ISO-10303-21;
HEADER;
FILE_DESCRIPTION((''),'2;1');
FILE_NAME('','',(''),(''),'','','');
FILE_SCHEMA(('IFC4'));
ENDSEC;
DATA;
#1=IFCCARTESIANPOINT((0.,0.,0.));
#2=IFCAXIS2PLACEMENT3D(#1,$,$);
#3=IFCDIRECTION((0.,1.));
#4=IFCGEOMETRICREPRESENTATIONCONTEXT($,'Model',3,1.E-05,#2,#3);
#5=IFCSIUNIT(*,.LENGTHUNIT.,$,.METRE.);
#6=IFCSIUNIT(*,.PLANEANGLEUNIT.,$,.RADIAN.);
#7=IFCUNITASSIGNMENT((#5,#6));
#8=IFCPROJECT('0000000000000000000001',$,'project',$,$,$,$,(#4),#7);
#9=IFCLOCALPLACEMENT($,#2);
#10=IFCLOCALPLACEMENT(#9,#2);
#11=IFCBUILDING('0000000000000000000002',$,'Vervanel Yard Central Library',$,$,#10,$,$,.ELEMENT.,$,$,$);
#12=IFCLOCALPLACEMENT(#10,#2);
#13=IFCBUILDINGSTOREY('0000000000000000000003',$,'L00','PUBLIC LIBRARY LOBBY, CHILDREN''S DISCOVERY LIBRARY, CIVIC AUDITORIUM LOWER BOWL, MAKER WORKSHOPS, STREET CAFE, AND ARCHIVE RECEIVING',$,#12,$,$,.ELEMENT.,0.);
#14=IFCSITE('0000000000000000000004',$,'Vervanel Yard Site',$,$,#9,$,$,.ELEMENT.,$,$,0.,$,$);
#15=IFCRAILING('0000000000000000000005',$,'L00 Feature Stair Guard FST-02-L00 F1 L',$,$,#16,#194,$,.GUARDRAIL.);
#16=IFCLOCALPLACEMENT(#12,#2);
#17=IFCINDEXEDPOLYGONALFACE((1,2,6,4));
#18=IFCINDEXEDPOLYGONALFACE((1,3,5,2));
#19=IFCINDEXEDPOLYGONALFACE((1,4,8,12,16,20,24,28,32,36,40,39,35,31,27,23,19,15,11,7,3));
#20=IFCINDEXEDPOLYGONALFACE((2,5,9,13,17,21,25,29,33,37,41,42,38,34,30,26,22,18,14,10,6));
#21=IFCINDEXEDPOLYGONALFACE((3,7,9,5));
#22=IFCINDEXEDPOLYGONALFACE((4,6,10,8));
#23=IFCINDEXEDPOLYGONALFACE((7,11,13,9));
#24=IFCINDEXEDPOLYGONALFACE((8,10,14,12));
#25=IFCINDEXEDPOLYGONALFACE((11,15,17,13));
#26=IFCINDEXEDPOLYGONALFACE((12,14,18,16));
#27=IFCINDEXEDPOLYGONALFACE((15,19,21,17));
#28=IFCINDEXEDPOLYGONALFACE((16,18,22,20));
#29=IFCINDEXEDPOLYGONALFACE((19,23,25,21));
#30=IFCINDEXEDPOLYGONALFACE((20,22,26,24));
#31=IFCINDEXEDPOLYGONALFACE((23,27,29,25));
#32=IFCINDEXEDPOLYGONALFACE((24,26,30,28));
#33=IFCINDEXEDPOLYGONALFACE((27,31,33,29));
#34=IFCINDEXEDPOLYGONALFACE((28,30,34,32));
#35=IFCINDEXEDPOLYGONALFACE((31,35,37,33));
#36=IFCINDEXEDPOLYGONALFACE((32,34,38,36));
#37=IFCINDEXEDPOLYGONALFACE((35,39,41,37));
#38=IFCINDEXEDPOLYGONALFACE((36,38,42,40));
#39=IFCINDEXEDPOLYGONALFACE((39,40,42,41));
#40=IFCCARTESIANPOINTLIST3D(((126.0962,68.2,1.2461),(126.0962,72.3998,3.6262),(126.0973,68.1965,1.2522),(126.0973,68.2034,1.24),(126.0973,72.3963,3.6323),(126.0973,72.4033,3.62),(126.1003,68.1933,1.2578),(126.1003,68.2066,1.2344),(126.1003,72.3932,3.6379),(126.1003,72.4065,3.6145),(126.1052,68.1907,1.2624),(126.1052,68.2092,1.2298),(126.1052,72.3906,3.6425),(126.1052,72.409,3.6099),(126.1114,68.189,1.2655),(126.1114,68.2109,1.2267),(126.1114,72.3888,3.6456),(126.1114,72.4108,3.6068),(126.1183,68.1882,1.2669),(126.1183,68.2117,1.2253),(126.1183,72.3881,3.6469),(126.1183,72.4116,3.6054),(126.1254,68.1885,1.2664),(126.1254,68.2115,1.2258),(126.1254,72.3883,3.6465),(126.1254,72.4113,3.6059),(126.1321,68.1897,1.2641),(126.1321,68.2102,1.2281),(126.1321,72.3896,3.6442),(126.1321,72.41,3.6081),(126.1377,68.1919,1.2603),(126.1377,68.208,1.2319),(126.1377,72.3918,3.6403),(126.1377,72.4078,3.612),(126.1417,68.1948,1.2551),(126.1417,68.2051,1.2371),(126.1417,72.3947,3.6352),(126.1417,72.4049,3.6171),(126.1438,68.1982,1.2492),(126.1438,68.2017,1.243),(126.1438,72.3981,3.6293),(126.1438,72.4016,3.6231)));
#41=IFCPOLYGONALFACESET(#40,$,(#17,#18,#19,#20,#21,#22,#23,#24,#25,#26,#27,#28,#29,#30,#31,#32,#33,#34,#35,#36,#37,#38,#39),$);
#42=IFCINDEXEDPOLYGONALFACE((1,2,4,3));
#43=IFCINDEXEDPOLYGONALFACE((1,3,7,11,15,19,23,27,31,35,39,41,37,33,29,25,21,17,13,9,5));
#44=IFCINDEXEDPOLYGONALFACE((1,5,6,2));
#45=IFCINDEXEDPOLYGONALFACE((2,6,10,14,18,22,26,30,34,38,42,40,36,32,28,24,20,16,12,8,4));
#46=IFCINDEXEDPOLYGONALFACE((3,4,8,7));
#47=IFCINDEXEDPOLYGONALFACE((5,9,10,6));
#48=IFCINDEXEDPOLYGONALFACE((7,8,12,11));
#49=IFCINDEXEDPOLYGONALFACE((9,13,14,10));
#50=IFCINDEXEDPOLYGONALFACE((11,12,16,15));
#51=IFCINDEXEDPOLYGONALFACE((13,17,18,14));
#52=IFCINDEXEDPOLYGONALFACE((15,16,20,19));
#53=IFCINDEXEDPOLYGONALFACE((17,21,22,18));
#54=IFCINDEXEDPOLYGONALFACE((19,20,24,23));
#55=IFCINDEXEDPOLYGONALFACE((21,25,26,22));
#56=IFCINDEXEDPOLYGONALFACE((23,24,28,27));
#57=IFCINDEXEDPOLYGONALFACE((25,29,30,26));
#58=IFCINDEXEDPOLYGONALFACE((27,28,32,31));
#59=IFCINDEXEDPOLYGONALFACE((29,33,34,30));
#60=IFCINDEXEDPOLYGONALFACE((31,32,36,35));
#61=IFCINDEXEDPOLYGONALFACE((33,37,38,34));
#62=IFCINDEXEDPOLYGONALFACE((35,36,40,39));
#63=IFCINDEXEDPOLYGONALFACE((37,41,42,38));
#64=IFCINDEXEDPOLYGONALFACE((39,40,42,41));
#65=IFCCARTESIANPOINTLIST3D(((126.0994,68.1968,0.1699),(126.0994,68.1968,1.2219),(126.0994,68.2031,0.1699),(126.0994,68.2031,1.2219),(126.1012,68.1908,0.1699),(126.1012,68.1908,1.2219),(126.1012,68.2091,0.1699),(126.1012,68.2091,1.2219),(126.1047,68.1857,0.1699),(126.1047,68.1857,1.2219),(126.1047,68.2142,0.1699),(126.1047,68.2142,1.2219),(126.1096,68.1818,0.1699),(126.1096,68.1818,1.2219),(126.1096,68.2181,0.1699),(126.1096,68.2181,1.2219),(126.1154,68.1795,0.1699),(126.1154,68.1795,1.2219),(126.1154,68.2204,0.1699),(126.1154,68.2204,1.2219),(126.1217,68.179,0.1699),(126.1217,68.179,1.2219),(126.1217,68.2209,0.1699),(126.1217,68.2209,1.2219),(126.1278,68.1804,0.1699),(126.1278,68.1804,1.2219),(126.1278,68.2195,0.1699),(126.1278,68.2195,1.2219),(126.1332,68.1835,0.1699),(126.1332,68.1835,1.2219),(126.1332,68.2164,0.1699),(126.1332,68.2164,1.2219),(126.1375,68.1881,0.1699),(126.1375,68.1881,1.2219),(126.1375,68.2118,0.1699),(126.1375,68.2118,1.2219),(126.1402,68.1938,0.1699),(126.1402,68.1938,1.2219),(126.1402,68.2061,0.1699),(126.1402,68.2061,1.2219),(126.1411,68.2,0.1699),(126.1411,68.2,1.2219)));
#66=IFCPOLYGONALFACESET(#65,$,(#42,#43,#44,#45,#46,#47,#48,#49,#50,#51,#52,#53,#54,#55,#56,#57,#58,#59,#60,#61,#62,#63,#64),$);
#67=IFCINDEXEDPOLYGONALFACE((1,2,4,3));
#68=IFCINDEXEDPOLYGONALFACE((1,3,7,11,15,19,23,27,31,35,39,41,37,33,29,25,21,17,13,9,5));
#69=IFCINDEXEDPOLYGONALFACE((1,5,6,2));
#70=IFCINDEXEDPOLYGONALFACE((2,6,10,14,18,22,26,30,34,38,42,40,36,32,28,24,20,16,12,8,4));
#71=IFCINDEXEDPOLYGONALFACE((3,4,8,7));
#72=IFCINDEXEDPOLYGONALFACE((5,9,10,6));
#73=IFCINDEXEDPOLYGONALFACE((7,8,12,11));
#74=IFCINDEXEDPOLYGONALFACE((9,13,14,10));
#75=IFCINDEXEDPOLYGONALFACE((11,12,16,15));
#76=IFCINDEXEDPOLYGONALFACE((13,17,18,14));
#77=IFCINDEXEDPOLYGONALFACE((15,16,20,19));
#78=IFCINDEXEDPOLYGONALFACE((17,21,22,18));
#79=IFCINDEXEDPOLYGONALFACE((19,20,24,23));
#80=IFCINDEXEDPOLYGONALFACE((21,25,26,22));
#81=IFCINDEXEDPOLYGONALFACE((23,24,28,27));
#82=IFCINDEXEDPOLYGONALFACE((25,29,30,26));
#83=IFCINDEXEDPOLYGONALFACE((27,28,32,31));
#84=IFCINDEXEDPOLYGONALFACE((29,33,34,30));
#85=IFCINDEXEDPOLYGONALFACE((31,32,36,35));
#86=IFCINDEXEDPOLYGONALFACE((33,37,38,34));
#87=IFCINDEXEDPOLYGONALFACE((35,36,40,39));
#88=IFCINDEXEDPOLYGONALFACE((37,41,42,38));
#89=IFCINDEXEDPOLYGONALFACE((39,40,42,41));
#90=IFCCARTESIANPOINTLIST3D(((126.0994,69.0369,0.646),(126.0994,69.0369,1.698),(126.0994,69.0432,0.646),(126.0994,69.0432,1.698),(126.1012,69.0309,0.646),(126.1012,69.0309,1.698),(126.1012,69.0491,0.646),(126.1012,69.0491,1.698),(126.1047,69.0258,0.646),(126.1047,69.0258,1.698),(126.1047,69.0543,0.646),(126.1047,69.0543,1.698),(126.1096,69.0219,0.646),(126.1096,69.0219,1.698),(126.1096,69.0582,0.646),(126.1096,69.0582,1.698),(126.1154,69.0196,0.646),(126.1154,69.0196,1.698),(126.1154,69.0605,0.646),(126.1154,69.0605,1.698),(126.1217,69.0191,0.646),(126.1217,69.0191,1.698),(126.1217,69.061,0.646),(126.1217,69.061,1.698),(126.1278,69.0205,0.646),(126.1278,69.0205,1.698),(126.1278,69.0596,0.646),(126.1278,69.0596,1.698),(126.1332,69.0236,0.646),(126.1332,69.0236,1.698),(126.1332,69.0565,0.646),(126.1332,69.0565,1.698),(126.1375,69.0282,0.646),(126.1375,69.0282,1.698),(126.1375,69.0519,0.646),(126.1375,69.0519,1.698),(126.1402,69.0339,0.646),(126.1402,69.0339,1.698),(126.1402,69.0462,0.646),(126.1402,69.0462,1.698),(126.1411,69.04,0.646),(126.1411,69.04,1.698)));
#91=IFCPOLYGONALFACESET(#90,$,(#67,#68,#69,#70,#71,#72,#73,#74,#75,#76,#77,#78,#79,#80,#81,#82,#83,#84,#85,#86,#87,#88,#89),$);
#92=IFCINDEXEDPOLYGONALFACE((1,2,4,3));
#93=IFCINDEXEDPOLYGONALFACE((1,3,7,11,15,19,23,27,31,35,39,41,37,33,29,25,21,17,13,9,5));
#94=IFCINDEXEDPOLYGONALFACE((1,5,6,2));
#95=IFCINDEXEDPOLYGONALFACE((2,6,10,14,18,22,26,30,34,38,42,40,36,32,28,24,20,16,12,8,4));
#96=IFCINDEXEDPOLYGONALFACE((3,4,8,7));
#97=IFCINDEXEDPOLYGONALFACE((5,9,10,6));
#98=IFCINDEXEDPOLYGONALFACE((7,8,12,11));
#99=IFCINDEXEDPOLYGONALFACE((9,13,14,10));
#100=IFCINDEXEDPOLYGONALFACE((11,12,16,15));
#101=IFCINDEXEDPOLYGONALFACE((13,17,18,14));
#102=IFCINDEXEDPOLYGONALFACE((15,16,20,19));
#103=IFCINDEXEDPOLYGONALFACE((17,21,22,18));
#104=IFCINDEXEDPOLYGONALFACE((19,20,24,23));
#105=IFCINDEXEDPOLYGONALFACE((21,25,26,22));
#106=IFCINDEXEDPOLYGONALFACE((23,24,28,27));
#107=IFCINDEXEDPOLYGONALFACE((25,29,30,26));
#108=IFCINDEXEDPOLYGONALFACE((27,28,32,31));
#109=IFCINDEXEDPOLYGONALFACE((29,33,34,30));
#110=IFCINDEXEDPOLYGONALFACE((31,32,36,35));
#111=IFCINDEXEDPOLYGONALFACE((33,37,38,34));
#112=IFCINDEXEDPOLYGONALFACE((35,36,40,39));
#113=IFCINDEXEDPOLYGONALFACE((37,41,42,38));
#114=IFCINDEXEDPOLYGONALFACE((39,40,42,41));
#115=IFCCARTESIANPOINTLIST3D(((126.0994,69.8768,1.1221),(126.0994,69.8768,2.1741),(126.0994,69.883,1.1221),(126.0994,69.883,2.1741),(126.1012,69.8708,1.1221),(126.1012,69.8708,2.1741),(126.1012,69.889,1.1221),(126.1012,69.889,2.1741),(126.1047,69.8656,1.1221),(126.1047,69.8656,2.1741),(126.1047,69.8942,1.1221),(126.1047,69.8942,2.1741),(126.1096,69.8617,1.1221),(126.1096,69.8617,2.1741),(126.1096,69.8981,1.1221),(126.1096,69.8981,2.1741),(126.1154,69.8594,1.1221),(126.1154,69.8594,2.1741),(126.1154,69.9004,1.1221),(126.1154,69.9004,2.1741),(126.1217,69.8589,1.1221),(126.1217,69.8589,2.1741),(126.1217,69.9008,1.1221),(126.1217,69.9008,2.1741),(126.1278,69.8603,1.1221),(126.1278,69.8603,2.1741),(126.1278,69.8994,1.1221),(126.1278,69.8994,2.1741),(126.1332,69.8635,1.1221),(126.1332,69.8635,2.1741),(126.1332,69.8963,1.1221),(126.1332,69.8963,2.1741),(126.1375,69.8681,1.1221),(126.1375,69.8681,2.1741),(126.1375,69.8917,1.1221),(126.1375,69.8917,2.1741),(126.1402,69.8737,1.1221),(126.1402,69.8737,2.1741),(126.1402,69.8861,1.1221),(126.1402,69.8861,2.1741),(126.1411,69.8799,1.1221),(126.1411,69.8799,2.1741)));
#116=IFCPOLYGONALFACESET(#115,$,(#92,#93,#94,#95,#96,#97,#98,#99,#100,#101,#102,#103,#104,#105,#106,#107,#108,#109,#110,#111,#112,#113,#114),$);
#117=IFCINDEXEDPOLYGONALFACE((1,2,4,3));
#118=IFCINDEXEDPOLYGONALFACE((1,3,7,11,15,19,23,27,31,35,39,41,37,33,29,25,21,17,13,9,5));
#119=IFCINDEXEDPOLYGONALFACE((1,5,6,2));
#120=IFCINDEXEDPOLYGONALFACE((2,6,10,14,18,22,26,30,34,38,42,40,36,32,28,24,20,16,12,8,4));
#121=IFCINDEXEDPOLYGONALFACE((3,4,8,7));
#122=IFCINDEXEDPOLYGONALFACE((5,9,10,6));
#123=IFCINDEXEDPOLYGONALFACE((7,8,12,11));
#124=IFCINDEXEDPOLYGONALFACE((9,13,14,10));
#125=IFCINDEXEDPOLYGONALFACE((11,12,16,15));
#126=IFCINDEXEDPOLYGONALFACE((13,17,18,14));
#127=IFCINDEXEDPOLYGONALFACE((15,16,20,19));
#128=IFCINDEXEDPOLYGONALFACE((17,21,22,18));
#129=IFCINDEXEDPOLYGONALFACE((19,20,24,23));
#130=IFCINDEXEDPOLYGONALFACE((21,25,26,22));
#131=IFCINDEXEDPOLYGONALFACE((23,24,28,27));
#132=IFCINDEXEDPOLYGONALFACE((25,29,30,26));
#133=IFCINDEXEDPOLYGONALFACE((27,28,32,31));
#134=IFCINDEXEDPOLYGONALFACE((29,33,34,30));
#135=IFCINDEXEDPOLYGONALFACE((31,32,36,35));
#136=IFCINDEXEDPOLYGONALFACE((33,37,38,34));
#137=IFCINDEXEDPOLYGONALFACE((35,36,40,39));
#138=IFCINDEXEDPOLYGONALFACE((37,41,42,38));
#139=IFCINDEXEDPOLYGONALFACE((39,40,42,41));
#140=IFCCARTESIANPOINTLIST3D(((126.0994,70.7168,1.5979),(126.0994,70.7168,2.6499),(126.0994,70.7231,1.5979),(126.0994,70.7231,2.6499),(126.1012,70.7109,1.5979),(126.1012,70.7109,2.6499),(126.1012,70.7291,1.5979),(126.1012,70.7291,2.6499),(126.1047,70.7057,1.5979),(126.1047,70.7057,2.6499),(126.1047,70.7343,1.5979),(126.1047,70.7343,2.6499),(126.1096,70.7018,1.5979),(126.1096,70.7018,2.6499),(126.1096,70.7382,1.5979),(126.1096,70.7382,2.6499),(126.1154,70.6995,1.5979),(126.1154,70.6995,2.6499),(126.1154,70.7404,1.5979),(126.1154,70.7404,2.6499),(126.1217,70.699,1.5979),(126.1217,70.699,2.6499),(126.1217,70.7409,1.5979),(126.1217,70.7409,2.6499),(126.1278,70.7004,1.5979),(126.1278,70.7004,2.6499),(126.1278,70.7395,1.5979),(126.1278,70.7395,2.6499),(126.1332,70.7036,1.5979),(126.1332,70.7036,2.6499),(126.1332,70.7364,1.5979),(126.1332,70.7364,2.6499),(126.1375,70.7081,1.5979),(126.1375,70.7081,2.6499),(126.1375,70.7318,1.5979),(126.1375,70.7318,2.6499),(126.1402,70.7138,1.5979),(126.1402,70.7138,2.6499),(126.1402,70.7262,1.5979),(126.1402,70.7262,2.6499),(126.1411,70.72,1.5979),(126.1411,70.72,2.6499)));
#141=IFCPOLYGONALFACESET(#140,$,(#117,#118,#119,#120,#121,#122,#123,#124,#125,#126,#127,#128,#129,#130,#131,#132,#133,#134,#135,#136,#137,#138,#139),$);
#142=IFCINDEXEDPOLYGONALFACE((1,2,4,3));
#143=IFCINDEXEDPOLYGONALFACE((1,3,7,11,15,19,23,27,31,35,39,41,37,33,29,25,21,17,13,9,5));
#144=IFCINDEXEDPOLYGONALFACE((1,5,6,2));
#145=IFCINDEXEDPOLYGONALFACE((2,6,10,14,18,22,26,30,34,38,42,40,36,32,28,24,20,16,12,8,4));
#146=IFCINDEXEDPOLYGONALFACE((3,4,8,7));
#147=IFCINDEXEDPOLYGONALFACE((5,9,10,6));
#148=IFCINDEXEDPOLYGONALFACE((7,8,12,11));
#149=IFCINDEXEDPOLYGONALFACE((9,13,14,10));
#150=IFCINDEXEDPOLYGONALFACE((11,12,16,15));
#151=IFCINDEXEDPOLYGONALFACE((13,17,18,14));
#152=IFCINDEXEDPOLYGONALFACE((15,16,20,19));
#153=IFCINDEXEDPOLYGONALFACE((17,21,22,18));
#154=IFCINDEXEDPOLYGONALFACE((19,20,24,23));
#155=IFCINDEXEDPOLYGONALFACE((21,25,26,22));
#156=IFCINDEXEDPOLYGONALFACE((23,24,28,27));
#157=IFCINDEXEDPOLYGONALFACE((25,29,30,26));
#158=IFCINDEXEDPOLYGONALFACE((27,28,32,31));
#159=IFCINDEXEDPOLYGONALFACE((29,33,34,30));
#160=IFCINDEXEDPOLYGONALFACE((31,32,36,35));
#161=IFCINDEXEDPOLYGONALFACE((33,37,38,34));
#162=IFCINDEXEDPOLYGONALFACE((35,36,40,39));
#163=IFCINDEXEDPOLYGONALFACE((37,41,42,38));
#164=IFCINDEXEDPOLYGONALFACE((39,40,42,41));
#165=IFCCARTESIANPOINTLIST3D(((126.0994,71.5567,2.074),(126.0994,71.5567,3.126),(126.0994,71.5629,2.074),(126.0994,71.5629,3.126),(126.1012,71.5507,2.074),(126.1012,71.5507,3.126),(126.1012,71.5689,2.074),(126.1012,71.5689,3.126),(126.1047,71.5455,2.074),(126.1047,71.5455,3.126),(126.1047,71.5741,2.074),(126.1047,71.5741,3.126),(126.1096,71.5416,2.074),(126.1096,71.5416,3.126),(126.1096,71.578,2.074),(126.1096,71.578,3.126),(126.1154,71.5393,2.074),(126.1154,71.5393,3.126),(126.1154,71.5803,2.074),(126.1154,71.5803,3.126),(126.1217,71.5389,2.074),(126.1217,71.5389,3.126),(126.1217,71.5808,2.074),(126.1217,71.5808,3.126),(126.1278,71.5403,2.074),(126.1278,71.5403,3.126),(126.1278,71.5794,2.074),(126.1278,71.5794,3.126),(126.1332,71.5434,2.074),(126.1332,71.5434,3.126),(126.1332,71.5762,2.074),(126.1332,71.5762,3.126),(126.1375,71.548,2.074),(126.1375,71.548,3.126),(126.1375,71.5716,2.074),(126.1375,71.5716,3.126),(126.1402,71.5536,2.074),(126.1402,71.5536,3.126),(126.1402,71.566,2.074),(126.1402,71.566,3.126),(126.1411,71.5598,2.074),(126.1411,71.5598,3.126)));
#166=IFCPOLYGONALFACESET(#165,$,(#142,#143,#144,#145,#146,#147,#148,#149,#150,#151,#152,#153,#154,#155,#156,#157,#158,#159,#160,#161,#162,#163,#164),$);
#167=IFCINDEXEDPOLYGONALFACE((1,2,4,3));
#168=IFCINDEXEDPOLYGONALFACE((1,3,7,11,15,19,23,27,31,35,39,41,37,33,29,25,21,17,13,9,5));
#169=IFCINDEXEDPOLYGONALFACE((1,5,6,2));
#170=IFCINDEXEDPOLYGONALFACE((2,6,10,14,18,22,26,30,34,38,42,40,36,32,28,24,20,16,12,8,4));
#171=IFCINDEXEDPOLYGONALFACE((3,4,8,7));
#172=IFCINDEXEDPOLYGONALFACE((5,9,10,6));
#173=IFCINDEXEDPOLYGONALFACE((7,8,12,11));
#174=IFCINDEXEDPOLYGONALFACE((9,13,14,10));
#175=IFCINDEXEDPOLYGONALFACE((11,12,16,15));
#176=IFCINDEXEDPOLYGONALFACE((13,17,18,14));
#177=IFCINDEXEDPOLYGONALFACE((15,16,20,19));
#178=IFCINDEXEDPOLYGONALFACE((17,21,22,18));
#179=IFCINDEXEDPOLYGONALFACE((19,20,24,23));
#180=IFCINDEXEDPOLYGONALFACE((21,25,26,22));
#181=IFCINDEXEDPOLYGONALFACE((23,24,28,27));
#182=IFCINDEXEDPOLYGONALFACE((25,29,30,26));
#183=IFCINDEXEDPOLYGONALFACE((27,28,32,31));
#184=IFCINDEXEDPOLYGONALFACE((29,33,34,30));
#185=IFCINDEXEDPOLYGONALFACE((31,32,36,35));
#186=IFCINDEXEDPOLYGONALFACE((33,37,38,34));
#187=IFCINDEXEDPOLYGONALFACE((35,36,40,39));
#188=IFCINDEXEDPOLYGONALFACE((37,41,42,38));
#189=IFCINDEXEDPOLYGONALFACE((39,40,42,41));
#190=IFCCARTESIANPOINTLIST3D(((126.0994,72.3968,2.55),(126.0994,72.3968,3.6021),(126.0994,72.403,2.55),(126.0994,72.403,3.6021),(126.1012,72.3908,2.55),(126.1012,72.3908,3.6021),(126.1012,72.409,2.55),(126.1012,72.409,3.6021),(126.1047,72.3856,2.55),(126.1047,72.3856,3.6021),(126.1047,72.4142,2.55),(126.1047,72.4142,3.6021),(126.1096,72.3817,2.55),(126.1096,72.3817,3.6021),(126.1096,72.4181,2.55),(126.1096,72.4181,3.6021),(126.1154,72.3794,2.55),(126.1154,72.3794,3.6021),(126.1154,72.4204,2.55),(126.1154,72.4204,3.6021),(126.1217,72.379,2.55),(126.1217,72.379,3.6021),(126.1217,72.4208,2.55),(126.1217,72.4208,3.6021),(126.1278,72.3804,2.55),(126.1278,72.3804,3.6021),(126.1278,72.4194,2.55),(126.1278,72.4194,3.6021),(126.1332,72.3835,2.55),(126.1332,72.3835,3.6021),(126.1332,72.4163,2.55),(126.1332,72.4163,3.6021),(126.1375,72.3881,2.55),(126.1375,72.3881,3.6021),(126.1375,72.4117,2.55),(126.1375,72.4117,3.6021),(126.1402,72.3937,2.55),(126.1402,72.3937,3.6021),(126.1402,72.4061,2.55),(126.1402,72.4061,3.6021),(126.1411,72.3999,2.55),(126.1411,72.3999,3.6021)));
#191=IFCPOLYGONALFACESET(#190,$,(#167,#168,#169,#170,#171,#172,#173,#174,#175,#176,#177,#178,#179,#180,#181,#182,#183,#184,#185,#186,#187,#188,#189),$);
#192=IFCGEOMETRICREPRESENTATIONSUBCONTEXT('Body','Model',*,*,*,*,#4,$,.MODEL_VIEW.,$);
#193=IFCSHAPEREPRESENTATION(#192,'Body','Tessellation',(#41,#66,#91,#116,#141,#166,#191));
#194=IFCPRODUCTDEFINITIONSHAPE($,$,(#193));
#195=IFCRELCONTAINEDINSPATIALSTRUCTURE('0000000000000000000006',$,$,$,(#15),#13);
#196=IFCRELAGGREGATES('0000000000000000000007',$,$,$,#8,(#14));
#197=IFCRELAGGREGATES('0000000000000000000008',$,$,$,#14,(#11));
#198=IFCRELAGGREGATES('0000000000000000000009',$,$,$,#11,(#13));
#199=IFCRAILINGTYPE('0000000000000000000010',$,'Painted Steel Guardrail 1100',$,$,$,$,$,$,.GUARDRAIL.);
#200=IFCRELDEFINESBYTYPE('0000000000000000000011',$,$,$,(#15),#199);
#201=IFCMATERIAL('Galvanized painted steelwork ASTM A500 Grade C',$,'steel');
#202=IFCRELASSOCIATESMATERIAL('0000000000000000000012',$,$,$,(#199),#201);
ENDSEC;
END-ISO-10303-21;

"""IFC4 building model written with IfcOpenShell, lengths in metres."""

from ifc_helpers import new_model, si_unit, direction, frame, origin, origin_2d, place, context, subcontext, project, spatial, circle, extrude, material, type_object, element, save


model = new_model("IFC4")

# Units and contexts
model_context = context("Model", 3, precision=1e-05, world=origin(), true_north=direction((0.0, 1.0)))
body_context = subcontext(model_context, "Body", "Model", "MODEL_VIEW")
ifc_project = project(units=[si_unit("LENGTHUNIT", "METRE"), si_unit("PLANEANGLEUNIT", "RADIAN")], contexts=[model_context])

# Site, building, storey
site_placement = place(None, origin())
site = spatial("IfcSite", under=ifc_project, at=site_placement, Name="Vervanel Yard Site", CompositionType="ELEMENT", RefElevation=0.0)
building_placement = place(site_placement, origin())
building = spatial("IfcBuilding", under=site, at=building_placement, Name="Vervanel Yard Central Library", CompositionType="ELEMENT")
storey_placement = place(building_placement, origin())
storey = spatial("IfcBuildingStorey", under=building, at=storey_placement, Name="L00", Description="PUBLIC LIBRARY LOBBY, CHILDREN'S DISCOVERY LIBRARY, CIVIC AUDITORIUM LOWER BOWL, MAKER WORKSHOPS, STREET CAFE, AND ARCHIVE RECEIVING", CompositionType="ELEMENT", Elevation=0.0)

# Railing
ifc_material_1 = material(Name="Galvanized painted steelwork ASTM A500 Grade C", Category="steel")
railing_type = type_object("IfcRailingType", Name="Painted Steel Guardrail 1100", PredefinedType="GUARDRAIL", material=ifc_material_1)
for number, where, name in (
    (1, (126.1201, 68.2, 0.1699), "L00 Feature Stair Guard FST-02-L00 F1 L"),
):
    element("IfcRailing", number, at=place(storey_placement, frame(where)), inside=storey, type_object=railing_type, Name=name, PredefinedType="GUARDRAIL", context=body_context, shape_type="SweptSolid", body=[
        extrude(circle(Radius=0.0239, at=origin_2d()), frame((0.0, 0.0, 1.0762), z_axis=(0.0, 0.870008, 0.493037), x_axis=(-1.0, 0.0, 0.0)), (0.0, 0.0, 1.0), 4.8274),
        extrude(circle(Radius=0.021, at=origin_2d()), origin(), (0.0, 0.0, 1.0), 1.052),
        extrude(circle(Radius=0.021, at=origin_2d()), frame((0.0, 0.8401, 0.4761)), (0.0, 0.0, 1.0), 1.052),
        extrude(circle(Radius=0.021, at=origin_2d()), frame((0.0, 1.6799, 0.9521)), (0.0, 0.0, 1.0), 1.052),
        extrude(circle(Radius=0.021, at=origin_2d()), frame((0.0, 2.52, 1.428)), (0.0, 0.0, 1.0), 1.052),
        extrude(circle(Radius=0.021, at=origin_2d()), frame((0.0, 3.3599, 1.9041)), (0.0, 0.0, 1.0), 1.052),
        extrude(circle(Radius=0.021, at=origin_2d()), frame((0.0, 4.2, 2.3801)), (0.0, 0.0, 1.0), 1.052),
    ])

save(model, "model.ifc")
